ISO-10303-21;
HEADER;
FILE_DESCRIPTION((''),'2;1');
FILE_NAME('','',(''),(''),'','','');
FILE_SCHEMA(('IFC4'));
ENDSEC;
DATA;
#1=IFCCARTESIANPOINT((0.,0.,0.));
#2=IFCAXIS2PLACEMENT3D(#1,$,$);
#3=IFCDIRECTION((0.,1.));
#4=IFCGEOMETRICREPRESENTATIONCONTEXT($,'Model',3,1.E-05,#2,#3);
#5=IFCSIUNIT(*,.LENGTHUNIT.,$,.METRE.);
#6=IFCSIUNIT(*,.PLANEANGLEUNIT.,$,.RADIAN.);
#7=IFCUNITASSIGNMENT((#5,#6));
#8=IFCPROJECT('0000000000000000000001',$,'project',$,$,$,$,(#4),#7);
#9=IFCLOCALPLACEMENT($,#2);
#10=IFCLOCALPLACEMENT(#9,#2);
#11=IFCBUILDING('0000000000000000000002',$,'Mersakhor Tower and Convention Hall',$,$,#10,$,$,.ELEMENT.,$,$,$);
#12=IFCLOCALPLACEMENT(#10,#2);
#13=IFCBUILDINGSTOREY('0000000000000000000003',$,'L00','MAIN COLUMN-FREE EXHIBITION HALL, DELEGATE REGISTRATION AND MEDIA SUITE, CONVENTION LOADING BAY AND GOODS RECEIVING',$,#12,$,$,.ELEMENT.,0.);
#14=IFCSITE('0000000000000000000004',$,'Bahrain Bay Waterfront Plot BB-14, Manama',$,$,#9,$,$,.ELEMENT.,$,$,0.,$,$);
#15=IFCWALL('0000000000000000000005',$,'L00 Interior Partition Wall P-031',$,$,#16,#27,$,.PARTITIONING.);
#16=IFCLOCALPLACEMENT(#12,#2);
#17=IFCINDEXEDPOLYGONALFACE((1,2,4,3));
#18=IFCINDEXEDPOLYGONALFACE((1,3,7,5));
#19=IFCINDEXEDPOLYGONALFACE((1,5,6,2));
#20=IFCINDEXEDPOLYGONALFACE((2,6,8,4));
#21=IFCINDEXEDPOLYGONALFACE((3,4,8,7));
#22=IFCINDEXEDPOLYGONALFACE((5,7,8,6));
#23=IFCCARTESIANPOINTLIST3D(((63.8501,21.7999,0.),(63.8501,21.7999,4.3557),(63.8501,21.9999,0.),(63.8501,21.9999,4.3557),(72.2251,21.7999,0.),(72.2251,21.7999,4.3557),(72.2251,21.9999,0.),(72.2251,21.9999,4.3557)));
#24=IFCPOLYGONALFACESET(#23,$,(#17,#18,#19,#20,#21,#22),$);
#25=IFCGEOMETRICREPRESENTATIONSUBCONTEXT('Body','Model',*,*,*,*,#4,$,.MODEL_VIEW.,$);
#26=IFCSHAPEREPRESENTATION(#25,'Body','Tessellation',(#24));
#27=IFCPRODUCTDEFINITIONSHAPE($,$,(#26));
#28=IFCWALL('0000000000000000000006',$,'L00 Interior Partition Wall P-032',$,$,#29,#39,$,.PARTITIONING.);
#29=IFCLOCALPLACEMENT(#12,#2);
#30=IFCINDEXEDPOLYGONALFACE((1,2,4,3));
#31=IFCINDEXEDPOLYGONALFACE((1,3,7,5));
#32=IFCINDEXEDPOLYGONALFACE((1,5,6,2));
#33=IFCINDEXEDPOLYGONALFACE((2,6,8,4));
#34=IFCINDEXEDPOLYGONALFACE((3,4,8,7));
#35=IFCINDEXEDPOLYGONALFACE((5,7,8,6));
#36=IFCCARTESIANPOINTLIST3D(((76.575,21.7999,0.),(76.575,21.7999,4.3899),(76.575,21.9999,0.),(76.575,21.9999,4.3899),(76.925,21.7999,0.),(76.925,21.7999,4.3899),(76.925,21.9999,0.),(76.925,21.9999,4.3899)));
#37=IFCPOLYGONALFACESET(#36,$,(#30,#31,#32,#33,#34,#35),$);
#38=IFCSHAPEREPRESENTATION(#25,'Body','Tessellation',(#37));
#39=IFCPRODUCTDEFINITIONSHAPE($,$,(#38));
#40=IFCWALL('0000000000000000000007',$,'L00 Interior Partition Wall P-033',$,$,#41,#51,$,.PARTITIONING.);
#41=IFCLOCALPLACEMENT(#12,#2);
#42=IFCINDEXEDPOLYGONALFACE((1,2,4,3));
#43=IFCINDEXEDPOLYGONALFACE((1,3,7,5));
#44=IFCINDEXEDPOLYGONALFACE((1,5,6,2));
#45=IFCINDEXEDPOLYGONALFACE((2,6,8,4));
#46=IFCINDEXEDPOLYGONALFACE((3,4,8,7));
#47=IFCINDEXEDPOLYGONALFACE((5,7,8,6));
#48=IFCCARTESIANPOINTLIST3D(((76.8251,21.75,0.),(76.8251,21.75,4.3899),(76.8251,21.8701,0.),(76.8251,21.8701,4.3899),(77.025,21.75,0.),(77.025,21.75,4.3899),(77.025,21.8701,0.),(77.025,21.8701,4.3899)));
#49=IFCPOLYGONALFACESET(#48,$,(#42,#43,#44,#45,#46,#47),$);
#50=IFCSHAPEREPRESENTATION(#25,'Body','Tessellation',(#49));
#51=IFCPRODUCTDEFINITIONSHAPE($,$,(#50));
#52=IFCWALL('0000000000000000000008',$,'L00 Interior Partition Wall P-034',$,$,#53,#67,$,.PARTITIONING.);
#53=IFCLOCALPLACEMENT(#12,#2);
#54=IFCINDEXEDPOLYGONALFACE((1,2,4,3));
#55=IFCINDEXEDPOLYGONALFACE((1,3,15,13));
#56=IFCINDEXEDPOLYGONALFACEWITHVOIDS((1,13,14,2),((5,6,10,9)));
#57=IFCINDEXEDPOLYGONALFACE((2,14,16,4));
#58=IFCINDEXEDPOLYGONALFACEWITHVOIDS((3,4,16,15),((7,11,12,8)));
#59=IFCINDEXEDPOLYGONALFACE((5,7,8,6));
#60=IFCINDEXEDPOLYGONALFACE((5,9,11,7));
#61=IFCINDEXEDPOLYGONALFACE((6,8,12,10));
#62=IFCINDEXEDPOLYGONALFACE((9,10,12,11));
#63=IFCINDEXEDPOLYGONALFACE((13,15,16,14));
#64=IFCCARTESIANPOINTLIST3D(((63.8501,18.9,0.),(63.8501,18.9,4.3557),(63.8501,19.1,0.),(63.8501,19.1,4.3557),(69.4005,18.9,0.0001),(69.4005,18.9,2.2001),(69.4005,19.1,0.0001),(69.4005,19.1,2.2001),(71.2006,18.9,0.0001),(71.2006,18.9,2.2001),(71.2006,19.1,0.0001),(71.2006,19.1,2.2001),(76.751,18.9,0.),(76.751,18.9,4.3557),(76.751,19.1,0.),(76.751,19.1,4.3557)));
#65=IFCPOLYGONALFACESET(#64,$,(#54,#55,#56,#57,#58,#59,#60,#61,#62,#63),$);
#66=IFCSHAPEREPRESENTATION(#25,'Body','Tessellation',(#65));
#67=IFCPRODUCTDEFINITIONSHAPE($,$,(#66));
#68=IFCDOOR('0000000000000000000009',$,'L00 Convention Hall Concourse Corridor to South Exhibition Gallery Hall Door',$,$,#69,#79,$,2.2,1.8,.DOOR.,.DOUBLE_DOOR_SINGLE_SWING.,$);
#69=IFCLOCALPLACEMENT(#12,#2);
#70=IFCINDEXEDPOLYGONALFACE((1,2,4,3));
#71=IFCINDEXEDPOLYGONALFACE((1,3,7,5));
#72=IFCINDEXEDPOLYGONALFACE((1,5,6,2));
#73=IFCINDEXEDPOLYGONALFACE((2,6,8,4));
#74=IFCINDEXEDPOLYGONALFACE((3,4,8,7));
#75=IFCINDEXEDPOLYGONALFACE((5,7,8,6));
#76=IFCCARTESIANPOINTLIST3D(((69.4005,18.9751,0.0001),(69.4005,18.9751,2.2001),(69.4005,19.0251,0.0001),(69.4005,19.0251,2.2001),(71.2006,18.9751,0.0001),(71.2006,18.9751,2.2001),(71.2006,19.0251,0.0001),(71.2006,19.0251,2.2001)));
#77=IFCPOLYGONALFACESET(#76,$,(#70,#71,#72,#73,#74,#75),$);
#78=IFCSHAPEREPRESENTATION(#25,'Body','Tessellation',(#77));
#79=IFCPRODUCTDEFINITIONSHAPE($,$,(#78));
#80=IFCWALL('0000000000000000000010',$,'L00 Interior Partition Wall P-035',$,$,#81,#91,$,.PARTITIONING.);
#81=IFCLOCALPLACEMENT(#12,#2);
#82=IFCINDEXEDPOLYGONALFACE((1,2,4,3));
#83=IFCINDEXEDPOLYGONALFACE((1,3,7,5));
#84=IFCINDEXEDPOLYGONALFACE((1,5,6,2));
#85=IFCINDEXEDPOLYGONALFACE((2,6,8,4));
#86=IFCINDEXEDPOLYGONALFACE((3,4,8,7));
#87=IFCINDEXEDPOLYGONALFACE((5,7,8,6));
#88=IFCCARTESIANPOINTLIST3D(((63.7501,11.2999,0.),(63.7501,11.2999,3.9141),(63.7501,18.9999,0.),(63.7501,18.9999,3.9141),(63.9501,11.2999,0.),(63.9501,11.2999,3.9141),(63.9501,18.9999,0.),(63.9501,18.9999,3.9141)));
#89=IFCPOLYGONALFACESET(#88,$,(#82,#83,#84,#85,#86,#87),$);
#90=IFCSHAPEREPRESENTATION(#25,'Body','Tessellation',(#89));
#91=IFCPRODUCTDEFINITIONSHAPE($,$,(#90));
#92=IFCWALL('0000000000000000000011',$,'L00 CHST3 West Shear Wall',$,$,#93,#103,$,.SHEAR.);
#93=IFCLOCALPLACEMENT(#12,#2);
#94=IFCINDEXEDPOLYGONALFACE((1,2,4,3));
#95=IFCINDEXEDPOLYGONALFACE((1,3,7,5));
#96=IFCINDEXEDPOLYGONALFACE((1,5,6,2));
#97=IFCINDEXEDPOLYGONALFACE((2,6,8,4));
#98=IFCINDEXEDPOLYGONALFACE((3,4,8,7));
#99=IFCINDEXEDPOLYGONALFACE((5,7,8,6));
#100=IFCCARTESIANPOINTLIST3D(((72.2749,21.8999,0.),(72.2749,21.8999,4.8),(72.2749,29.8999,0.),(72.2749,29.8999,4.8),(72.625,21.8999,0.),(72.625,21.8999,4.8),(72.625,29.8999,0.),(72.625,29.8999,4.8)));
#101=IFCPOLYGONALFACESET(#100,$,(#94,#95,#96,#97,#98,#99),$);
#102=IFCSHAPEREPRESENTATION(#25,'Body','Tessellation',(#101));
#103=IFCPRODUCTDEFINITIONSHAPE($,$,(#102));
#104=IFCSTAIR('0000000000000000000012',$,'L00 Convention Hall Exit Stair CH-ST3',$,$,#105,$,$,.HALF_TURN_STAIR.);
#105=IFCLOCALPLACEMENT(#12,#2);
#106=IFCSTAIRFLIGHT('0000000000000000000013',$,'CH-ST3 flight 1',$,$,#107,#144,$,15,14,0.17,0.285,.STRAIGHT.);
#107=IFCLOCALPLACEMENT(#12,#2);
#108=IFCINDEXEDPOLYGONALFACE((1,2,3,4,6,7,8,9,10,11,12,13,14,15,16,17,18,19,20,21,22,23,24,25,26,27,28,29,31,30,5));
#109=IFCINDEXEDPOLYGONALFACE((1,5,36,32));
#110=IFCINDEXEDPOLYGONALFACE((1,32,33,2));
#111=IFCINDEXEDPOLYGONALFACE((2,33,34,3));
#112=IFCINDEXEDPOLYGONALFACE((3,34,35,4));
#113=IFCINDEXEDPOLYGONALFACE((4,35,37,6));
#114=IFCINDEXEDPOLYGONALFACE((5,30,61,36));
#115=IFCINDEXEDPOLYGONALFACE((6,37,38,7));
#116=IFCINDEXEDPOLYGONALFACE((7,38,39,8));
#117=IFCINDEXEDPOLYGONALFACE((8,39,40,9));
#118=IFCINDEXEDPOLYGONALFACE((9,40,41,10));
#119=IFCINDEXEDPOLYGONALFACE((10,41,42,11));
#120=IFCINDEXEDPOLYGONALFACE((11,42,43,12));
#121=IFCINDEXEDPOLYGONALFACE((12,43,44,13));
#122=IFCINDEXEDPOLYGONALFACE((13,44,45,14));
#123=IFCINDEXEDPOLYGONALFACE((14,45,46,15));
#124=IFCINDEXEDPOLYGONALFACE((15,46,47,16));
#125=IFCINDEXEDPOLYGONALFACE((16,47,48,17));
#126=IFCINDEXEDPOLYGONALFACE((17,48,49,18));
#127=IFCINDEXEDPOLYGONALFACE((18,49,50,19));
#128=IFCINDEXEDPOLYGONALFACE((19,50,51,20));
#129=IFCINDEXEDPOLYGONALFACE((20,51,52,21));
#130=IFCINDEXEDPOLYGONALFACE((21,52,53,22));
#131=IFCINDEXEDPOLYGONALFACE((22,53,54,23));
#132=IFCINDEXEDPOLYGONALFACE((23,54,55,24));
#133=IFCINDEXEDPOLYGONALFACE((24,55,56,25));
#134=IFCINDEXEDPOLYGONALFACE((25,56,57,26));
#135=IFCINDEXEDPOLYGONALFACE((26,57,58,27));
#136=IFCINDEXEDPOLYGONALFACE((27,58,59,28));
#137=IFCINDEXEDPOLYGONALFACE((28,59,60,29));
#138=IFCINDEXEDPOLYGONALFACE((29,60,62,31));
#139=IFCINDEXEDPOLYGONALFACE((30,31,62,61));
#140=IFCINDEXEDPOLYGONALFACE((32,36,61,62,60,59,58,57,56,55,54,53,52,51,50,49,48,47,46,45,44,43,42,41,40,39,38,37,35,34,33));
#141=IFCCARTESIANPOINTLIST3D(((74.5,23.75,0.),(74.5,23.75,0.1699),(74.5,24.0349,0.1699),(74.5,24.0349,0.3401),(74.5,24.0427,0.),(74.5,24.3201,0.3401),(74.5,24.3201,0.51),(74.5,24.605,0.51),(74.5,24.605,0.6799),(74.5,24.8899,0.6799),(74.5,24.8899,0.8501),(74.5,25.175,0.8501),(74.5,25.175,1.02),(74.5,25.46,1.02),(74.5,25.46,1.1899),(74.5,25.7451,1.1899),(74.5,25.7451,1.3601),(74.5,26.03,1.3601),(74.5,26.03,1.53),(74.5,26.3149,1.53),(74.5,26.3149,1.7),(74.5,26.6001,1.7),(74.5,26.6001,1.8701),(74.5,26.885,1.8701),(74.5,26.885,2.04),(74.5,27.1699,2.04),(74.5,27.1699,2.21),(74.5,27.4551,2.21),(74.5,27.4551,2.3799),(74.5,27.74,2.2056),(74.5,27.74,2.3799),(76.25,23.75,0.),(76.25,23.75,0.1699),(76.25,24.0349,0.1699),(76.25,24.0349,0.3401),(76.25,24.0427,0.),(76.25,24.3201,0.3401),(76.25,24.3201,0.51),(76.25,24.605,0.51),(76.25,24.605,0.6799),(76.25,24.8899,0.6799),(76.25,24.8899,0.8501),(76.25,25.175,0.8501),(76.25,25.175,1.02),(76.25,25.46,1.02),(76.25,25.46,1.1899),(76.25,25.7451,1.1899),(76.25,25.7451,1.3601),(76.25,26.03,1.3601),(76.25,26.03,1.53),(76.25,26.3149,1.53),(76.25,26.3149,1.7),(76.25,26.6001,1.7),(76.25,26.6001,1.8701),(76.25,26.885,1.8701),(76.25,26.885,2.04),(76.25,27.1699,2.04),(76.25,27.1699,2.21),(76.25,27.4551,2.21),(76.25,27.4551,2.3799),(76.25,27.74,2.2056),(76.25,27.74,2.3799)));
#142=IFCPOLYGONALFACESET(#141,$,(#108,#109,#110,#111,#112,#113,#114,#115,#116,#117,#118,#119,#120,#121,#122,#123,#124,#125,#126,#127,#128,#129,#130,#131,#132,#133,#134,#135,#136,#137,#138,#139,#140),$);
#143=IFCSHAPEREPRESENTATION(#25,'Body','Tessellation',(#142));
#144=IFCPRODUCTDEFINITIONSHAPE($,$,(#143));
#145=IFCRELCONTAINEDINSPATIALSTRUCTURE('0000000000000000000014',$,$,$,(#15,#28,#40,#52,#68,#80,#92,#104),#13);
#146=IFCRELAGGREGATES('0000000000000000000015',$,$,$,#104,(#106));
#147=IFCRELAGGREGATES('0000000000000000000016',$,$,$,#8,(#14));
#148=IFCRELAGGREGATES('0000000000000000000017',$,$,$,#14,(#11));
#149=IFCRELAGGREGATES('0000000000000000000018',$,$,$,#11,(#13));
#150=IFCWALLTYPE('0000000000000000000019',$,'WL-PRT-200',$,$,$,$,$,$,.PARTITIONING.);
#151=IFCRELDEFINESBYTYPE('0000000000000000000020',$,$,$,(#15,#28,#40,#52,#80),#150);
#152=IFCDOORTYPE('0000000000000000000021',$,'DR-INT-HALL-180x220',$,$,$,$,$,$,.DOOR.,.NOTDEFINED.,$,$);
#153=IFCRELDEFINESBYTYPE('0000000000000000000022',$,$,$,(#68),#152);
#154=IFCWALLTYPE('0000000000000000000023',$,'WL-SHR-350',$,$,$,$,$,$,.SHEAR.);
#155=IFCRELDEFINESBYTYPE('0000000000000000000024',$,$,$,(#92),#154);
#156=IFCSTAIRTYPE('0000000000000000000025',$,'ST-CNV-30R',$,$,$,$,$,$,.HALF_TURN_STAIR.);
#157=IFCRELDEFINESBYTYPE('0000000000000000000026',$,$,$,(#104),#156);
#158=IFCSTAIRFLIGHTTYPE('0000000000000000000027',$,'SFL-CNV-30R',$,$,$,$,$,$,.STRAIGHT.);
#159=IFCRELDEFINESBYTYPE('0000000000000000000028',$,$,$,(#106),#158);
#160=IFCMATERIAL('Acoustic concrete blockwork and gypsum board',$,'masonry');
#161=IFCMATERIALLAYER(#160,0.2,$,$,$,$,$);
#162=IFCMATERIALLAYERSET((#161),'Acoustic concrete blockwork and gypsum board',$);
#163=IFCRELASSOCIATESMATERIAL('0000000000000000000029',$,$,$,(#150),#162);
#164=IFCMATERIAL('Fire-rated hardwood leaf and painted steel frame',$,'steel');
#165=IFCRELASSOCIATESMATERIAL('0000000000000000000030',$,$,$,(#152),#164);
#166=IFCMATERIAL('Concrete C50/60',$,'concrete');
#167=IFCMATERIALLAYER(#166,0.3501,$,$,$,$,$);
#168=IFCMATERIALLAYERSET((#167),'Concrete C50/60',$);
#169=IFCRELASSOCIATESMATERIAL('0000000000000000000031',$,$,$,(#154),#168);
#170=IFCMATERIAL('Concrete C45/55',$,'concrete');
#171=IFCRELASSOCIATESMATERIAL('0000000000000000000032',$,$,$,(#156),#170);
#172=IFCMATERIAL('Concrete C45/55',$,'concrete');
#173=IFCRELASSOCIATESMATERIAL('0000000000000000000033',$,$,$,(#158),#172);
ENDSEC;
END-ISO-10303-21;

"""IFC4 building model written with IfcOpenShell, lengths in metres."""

from ifc_helpers import new_model, si_unit, direction, frame, frame_2d, origin, place, context, subcontext, project, spatial, polyline, rectangle, outline, extrude, material, layer, layer_set, type_object, element, fill, aggregate, save


model = new_model("IFC4")

# Units and contexts
model_context = context("Model", 3, precision=1e-05, world=origin(), true_north=direction((0.0, 1.0)))
body_context = subcontext(model_context, "Body", "Model", "MODEL_VIEW")
ifc_project = project(units=[si_unit("LENGTHUNIT", "METRE"), si_unit("PLANEANGLEUNIT", "RADIAN")], contexts=[model_context])

# Site, building, storey
site_placement = place(None, origin())
site = spatial("IfcSite", under=ifc_project, at=site_placement, Name="Bahrain Bay Waterfront Plot BB-14, Manama", CompositionType="ELEMENT", RefElevation=0.0)
building_placement = place(site_placement, origin())
building = spatial("IfcBuilding", under=site, at=building_placement, Name="Mersakhor Tower and Convention Hall", CompositionType="ELEMENT")
storey_placement = place(building_placement, origin())
storey = spatial("IfcBuildingStorey", under=building, at=storey_placement, Name="L00", Description="MAIN COLUMN-FREE EXHIBITION HALL, DELEGATE REGISTRATION AND MEDIA SUITE, CONVENTION LOADING BAY AND GOODS RECEIVING", CompositionType="ELEMENT", Elevation=0.0)

# Walls
ifc_material_1 = material(Name="Acoustic concrete blockwork and gypsum board", Category="masonry")
ifc_layer_1 = layer(ifc_material_1, 0.2)
ifc_layer_set_1 = layer_set([ifc_layer_1], Name="Acoustic concrete blockwork and gypsum board")
wall_type_1 = type_object("IfcWallType", Name="WL-PRT-200", PredefinedType="PARTITIONING", material=ifc_layer_set_1)
wall_1_placement = place(storey_placement, frame((63.8501, 21.8999, 0.0), z_axis=(0.0, 0.0, 1.0), x_axis=(1.0, 0.0, 0.0)))
element("IfcWall", 1, at=wall_1_placement, inside=storey, type_object=wall_type_1, Name="L00 Interior Partition Wall P-031", PredefinedType="PARTITIONING", context=body_context, shape_type="SweptSolid", body=[
    extrude(rectangle(XDim=8.375, YDim=0.2, at=frame_2d((4.1875, 0.0))), origin(), (0.0, 0.0, 1.0), 4.3557),
])
wall_2_placement = place(storey_placement, frame((76.575, 21.8999, 0.0), z_axis=(0.0, 0.0, 1.0), x_axis=(1.0, 0.0, 0.0)))
element("IfcWall", 2, at=wall_2_placement, inside=storey, type_object=wall_type_1, Name="L00 Interior Partition Wall P-032", PredefinedType="PARTITIONING", context=body_context, shape_type="SweptSolid", body=[
    extrude(rectangle(XDim=0.3501, YDim=0.2, at=frame_2d((0.175, 0.0))), origin(), (0.0, 0.0, 1.0), 4.3899),
])
wall_3_placement = place(storey_placement, frame((76.925, 21.8701, 0.0), z_axis=(0.0, 0.0, 1.0), x_axis=(0.0, -1.0, 0.0)))
element("IfcWall", 3, at=wall_3_placement, inside=storey, type_object=wall_type_1, Name="L00 Interior Partition Wall P-033", PredefinedType="PARTITIONING", context=body_context, shape_type="SweptSolid", body=[
    extrude(rectangle(XDim=0.1201, YDim=0.2, at=frame_2d((0.0601, 0.0))), origin(), (0.0, 0.0, 1.0), 4.3899),
])

# Wall, opening, door
wall_4_placement = place(storey_placement, frame((76.751, 19.0, 0.0), z_axis=(0.0, 0.0, 1.0), x_axis=(-1.0, 0.0, 0.0)))
wall_4 = element("IfcWall", 4, at=wall_4_placement, inside=storey, type_object=wall_type_1, Name="L00 Interior Partition Wall P-034", PredefinedType="PARTITIONING", context=body_context, shape_type="SweptSolid", body=[
    extrude(rectangle(XDim=12.9009, YDim=0.2, at=frame_2d((6.4504, 0.0))), origin(), (0.0, 0.0, 1.0), 4.3557),
])
opening_1_placement = place(wall_4_placement, frame((5.5505, 0.0, 0.0)))
opening_1 = element("IfcOpeningElement", 5, at=opening_1_placement, cuts=wall_4, PredefinedType="OPENING", context=body_context, shape_type="SweptSolid", body=[
    extrude(rectangle(XDim=1.8, YDim=2.2, at=frame_2d((0.8999, 1.1001))), frame((0.0, 0.1099, 0.0), z_axis=(0.0, -1.0, 0.0), x_axis=(1.0, 0.0, 0.0)), (0.0, 0.0, 1.0), 0.22),
])
ifc_material_2 = material(Name="Fire-rated hardwood leaf and painted steel frame", Category="steel")
door_type_1 = type_object("IfcDoorType", Name="DR-INT-HALL-180x220", OperationType="NOTDEFINED", PredefinedType="DOOR", material=ifc_material_2)
door_1_placement = place(opening_1_placement, origin())
door_1 = element("IfcDoor", 6, at=door_1_placement, inside=storey, type_object=door_type_1, Name="L00 Convention Hall Concourse Corridor to South Exhibition Gallery Hall Door", OperationType="DOUBLE_DOOR_SINGLE_SWING", OverallHeight=2.2, OverallWidth=1.8, PredefinedType="DOOR", context=body_context, shape_type="SweptSolid", body=[
    extrude(rectangle(XDim=1.8, YDim=2.2, at=frame_2d((0.8999, 1.1001))), frame((0.0, 0.0249, 0.0), z_axis=(0.0, -1.0, 0.0), x_axis=(1.0, 0.0, 0.0)), (0.0, 0.0, 1.0), 0.05),
])
fill(opening_1, door_1)

# Walls
wall_5_placement = place(storey_placement, frame((63.8501, 19.0, 0.0), z_axis=(0.0, 0.0, 1.0), x_axis=(0.0, -1.0, 0.0)))
element("IfcWall", 7, at=wall_5_placement, inside=storey, type_object=wall_type_1, Name="L00 Interior Partition Wall P-035", PredefinedType="PARTITIONING", context=body_context, shape_type="SweptSolid", body=[
    extrude(rectangle(XDim=7.7, YDim=0.2, at=frame_2d((3.8501, 0.0))), origin(), (0.0, 0.0, 1.0), 3.9141),
])
ifc_material_3 = material(Name="Concrete C50/60", Category="concrete")
ifc_layer_2 = layer(ifc_material_3, 0.3501)
ifc_layer_set_2 = layer_set([ifc_layer_2], Name="Concrete C50/60")
wall_type_2 = type_object("IfcWallType", Name="WL-SHR-350", PredefinedType="SHEAR", material=ifc_layer_set_2)
wall_6_placement = place(storey_placement, frame((72.45, 21.8999, 0.0), z_axis=(0.0, 0.0, 1.0), x_axis=(0.0, 1.0, 0.0)))
element("IfcWall", 8, at=wall_6_placement, inside=storey, type_object=wall_type_2, Name="L00 CHST3 West Shear Wall", PredefinedType="SHEAR", context=body_context, shape_type="SweptSolid", body=[
    extrude(rectangle(XDim=8.0, YDim=0.3501, at=frame_2d((4.0, 0.0))), origin(), (0.0, 0.0, 1.0), 4.8),
])

# Stair, stair flight
ifc_material_4 = material(Name="Concrete C45/55", Category="concrete")
stair_type = type_object("IfcStairType", Name="ST-CNV-30R", PredefinedType="HALF_TURN_STAIR", material=ifc_material_4)
stair_placement = place(storey_placement, origin())
stair = element("IfcStair", 9, at=stair_placement, inside=storey, type_object=stair_type, Name="L00 Convention Hall Exit Stair CH-ST3", PredefinedType="HALF_TURN_STAIR")
ifc_material_5 = material(Name="Concrete C45/55", Category="concrete")
stair_flight_type = type_object("IfcStairFlightType", Name="SFL-CNV-30R", PredefinedType="STRAIGHT", material=ifc_material_5)
stair_flight_1_placement = place(storey_placement, frame((75.375, 23.75, 0.0), z_axis=(0.0, 0.0, 1.0), x_axis=(0.0, 1.0, 0.0)))
stair_flight_1 = element("IfcStairFlight", 10, at=stair_flight_1_placement, type_object=stair_flight_type, Name="CH-ST3 flight 1", NumberOfRisers=15, NumberOfTreads=14, PredefinedType="STRAIGHT", RiserHeight=0.17, TreadLength=0.285, context=body_context, shape_type="SweptSolid", body=[
    extrude(outline(polyline([(0.0, 0.0), (0.0, 0.1699), (0.2849, 0.1699), (0.2849, 0.3401), (0.5701, 0.3401), (0.5701, 0.51), (0.855, 0.51), (0.855, 0.6799), (1.1399, 0.6799), (1.1399, 0.8501), (1.425, 0.8501), (1.425, 1.02), (1.71, 1.02), (1.71, 1.1899), (1.9951, 1.1899), (1.9951, 1.3601), (2.28, 1.3601), (2.28, 1.53), (2.5649, 1.53), (2.5649, 1.7), (2.8501, 1.7), (2.8501, 1.8701), (3.135, 1.8701), (3.135, 2.04), (3.4199, 2.04), (3.4199, 2.21), (3.7051, 2.21), (3.7051, 2.3799), (3.99, 2.3799), (3.99, 2.55), (3.99, 2.2056), (0.2927, 0.0), (0.0, 0.0)])), frame((0.0, 0.875, 0.0), z_axis=(0.0, -1.0, 0.0), x_axis=(1.0, 0.0, 0.0)), (0.0, 0.0, 1.0), 1.75),
])
aggregate(stair, [stair_flight_1])

save(model, "model.ifc")
